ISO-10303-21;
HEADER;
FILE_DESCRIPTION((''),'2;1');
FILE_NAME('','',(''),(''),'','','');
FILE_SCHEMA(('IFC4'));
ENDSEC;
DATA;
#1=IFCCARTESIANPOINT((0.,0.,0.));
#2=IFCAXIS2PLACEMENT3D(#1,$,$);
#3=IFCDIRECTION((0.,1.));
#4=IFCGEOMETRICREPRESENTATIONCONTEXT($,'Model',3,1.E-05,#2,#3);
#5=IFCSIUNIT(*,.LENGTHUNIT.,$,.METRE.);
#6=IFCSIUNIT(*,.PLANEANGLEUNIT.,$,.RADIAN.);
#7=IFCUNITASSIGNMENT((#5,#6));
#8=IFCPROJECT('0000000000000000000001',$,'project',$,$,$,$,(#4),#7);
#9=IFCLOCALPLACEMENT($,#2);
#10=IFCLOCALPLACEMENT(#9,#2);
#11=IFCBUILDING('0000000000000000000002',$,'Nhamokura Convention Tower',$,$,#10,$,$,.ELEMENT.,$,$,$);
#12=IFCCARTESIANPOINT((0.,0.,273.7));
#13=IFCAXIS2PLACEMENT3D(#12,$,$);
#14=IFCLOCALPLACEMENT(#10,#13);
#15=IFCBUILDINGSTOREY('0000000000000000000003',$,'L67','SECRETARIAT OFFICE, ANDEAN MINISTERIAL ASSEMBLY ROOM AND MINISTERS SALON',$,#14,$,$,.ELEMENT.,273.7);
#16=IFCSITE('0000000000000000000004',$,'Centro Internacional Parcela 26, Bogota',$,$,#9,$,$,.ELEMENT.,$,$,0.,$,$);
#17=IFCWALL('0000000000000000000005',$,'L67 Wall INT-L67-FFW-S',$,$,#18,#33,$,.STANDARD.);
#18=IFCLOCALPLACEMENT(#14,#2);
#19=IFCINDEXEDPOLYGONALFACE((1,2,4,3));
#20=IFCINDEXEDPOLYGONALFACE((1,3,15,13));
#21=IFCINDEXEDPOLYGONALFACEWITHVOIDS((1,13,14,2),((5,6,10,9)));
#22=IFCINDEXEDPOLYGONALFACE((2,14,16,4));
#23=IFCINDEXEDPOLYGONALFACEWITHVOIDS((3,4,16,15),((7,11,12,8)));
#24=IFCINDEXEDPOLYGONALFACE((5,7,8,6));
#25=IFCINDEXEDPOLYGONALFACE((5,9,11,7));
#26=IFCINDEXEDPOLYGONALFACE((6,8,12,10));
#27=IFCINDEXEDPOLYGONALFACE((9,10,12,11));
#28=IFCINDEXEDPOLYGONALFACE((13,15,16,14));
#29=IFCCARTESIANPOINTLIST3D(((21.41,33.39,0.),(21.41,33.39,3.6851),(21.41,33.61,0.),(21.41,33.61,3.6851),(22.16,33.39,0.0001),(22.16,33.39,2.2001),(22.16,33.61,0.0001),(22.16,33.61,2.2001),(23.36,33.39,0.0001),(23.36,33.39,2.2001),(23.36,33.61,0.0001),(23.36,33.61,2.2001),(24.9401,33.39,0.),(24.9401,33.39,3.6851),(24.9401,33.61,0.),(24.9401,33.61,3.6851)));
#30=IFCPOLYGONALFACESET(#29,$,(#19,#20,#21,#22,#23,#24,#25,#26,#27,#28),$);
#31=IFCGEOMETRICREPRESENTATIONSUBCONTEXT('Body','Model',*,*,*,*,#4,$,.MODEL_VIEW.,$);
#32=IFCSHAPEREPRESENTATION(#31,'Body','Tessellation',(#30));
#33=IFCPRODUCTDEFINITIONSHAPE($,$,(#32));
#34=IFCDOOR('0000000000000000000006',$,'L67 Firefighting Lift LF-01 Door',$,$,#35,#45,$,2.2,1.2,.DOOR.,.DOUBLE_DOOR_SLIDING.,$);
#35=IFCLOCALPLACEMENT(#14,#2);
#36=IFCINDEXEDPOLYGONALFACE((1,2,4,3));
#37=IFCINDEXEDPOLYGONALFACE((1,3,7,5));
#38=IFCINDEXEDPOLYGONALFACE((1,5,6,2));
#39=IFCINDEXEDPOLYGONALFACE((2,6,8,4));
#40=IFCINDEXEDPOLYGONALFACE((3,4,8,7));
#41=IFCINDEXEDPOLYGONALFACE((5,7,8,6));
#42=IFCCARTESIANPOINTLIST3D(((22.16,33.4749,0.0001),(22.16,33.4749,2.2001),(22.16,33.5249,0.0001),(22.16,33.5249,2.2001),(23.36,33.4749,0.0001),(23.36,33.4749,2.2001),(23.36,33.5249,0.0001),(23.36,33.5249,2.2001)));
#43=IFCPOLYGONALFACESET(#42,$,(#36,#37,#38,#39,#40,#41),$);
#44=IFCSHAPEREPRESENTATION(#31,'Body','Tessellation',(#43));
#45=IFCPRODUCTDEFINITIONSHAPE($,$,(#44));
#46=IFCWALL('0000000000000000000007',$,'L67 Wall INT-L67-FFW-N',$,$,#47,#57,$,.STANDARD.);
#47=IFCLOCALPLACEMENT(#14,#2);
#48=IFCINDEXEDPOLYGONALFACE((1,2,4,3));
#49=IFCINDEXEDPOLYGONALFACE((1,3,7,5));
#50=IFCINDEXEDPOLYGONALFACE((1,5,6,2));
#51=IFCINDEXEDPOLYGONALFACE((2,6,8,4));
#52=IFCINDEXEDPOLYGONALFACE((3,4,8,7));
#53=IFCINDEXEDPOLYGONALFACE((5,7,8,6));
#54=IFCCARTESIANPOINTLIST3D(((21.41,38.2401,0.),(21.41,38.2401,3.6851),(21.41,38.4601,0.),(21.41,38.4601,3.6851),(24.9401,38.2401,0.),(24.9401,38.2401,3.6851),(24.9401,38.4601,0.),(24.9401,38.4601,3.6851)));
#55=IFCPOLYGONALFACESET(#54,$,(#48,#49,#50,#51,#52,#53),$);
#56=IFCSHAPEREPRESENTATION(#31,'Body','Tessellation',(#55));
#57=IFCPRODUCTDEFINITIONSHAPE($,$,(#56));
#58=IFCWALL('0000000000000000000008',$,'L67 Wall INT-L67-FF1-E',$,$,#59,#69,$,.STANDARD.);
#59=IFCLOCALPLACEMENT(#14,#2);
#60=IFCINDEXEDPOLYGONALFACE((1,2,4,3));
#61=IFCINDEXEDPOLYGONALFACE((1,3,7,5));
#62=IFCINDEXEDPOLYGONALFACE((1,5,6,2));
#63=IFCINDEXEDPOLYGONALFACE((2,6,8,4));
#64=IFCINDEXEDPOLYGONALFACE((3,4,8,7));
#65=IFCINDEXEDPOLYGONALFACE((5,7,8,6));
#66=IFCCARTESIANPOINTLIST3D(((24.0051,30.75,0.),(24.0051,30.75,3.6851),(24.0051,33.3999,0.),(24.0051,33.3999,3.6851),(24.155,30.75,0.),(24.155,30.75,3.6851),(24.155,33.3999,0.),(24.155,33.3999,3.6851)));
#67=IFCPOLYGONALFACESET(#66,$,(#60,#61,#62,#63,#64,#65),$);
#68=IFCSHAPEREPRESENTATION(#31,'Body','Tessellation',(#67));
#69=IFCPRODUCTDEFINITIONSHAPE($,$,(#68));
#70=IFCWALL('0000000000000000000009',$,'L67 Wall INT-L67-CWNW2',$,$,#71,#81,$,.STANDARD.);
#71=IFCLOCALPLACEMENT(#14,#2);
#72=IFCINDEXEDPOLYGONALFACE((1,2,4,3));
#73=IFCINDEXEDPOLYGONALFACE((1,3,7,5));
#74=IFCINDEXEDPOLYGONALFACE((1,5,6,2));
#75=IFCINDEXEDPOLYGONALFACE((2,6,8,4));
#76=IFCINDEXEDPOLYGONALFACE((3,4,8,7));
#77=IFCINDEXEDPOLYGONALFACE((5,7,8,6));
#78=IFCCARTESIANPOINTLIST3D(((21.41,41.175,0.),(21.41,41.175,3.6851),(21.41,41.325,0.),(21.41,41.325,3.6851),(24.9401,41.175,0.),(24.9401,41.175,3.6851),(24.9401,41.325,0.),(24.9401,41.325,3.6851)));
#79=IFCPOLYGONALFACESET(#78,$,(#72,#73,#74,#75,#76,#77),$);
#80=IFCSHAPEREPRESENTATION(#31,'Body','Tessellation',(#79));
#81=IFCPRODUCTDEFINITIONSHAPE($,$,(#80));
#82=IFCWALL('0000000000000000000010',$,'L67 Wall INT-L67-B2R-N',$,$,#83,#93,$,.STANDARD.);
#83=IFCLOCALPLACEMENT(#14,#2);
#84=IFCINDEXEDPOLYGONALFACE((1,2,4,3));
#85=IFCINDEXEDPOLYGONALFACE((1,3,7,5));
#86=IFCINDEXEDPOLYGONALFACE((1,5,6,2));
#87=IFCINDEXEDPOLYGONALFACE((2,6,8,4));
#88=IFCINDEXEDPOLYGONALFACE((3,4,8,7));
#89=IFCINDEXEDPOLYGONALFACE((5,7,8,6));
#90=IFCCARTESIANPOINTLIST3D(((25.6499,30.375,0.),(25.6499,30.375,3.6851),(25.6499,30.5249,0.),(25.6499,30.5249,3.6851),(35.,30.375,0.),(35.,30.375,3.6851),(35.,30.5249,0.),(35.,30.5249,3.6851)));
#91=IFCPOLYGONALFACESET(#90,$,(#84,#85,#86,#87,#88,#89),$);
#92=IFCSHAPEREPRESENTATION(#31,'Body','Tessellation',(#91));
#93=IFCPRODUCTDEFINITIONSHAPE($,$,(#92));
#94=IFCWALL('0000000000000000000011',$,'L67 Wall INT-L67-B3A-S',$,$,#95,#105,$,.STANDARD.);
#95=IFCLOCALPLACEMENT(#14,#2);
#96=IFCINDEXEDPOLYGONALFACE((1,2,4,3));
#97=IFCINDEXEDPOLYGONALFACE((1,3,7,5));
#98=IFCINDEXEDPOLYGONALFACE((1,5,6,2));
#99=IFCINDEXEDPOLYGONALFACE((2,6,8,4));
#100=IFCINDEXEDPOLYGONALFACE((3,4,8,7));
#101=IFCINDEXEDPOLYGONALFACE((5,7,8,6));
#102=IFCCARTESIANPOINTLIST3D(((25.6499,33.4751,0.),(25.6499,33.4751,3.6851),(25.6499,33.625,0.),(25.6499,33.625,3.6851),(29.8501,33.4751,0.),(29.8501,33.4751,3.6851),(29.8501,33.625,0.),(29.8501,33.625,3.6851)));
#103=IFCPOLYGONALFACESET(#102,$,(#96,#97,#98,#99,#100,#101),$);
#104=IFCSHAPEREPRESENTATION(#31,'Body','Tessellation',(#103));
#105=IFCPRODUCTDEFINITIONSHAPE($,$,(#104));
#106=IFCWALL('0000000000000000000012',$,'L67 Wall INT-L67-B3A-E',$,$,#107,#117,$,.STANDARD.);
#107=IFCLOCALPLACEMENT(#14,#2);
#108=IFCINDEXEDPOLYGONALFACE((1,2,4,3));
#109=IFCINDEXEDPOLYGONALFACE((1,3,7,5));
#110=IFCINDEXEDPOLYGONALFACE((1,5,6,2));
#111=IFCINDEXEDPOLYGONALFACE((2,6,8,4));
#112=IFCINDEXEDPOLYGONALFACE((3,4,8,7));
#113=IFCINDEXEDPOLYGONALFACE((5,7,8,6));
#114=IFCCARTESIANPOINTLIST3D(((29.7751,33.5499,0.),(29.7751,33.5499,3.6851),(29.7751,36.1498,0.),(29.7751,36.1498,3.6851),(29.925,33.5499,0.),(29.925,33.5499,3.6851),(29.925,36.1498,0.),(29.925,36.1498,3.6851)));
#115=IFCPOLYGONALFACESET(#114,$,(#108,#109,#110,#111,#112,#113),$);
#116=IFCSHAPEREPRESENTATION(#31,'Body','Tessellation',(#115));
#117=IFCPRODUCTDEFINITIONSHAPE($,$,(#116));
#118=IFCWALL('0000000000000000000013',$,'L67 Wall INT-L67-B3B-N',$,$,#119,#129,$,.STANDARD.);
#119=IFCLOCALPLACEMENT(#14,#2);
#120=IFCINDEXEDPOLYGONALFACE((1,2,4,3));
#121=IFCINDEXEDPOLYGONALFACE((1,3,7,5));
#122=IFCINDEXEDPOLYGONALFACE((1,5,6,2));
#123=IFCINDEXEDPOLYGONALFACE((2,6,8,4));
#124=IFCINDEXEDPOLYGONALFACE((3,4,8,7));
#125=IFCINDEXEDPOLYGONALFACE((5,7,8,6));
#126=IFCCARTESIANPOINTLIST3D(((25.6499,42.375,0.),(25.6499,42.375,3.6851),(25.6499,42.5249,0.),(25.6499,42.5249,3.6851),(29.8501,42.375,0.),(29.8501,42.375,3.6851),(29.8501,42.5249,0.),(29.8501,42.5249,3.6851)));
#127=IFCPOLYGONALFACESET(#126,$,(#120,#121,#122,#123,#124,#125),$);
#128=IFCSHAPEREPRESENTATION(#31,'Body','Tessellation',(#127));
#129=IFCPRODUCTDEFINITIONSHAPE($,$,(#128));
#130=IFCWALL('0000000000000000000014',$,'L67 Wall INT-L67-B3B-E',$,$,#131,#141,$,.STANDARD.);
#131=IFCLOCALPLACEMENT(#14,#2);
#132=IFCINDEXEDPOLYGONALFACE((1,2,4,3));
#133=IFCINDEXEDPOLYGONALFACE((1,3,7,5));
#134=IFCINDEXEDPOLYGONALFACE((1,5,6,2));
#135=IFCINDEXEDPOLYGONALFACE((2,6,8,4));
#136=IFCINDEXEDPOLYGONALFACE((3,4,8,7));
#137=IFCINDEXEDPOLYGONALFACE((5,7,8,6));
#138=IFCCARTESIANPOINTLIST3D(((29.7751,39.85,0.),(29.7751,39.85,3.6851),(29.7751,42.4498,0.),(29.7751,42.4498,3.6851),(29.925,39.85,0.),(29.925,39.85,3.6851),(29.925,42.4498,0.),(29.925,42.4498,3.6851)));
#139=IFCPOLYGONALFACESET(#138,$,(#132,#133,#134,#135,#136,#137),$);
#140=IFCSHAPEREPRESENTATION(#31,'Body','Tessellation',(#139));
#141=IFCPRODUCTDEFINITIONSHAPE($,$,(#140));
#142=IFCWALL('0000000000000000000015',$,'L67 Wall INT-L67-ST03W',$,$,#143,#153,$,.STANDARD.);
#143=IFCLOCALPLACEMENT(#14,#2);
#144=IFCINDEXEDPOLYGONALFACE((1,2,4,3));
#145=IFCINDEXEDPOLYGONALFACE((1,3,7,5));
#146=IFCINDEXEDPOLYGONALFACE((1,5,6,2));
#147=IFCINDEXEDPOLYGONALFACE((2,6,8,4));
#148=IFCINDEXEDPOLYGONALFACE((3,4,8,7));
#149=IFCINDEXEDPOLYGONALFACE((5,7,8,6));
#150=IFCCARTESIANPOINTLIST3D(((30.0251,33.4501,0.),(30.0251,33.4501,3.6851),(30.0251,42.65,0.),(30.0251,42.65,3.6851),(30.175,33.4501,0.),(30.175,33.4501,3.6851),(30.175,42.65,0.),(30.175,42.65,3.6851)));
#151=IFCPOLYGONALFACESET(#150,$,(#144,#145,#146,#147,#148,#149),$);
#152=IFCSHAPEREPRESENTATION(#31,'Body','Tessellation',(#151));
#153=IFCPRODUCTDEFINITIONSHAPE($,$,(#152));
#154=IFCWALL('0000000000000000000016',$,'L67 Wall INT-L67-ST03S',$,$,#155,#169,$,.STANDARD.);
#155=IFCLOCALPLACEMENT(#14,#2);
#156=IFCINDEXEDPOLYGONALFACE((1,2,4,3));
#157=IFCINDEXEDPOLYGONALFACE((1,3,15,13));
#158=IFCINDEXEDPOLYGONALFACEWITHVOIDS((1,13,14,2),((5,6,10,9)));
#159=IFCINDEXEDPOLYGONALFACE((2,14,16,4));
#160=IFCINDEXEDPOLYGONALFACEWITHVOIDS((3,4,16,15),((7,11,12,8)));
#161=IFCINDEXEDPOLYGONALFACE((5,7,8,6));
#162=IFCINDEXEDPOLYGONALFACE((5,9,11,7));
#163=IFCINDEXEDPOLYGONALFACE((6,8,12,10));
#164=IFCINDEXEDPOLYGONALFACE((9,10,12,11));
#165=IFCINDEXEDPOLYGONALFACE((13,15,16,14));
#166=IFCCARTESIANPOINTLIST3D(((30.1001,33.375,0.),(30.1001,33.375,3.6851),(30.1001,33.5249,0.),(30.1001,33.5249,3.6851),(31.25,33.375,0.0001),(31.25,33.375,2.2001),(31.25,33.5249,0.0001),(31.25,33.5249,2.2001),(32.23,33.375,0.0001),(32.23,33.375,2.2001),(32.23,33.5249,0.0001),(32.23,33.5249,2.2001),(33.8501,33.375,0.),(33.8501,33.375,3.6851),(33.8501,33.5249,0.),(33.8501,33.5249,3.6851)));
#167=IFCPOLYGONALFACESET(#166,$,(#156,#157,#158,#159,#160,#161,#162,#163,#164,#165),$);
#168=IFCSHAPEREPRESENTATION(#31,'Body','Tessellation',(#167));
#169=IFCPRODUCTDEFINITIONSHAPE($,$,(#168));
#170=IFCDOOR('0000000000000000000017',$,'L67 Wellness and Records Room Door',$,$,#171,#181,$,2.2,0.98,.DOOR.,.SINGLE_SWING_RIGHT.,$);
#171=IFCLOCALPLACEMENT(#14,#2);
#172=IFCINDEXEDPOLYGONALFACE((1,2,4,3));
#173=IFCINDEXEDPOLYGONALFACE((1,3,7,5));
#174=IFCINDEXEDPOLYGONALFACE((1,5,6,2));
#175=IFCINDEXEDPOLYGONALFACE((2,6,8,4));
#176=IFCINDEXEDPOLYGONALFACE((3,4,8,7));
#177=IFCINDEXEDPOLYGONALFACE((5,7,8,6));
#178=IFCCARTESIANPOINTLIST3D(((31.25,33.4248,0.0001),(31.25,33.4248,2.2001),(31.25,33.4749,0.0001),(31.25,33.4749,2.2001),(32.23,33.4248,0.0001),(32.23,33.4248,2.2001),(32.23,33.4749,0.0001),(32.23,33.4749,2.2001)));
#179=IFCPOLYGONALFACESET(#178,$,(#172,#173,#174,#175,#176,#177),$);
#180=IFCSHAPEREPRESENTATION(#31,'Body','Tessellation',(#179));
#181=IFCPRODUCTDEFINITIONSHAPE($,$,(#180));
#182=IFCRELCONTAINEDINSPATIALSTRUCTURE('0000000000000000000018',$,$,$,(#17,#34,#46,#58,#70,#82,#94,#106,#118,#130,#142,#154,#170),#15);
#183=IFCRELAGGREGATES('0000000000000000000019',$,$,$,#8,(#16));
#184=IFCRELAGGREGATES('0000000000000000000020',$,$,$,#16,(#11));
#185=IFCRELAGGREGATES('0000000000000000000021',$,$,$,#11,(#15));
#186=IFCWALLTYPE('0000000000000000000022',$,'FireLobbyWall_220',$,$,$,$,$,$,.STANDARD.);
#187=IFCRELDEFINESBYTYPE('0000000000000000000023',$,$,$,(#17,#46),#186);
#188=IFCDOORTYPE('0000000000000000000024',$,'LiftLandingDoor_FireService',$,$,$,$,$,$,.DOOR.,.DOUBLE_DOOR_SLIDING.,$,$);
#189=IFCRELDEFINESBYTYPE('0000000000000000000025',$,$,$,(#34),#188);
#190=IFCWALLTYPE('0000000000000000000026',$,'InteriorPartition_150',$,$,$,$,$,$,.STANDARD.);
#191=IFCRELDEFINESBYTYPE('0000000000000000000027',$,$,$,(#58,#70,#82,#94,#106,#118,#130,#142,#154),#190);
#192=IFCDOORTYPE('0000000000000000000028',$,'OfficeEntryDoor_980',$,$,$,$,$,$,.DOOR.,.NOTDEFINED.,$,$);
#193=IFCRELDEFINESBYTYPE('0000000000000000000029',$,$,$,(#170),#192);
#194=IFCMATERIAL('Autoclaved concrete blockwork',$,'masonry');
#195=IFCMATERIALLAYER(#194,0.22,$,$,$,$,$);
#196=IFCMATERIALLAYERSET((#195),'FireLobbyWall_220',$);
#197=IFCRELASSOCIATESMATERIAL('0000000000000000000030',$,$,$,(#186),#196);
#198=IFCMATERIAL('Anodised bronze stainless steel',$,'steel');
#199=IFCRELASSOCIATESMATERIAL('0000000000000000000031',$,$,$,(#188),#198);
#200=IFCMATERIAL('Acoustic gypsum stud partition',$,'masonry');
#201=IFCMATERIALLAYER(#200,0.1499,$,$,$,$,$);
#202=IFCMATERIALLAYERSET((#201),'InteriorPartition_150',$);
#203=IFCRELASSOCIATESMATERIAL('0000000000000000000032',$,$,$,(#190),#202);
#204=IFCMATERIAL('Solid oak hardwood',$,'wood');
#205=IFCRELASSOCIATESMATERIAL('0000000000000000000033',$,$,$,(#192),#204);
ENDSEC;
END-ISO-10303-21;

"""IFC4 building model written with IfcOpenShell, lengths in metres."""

from ifc_helpers import new_model, si_unit, direction, frame, frame_2d, origin, place, context, subcontext, project, spatial, rectangle, extrude, material, layer, layer_set, type_object, element, fill, save


model = new_model("IFC4")

# Units and contexts
model_context = context("Model", 3, precision=1e-05, world=origin(), true_north=direction((0.0, 1.0)))
body_context = subcontext(model_context, "Body", "Model", "MODEL_VIEW")
ifc_project = project(units=[si_unit("LENGTHUNIT", "METRE"), si_unit("PLANEANGLEUNIT", "RADIAN")], contexts=[model_context])

# Site, building, storey
site_placement = place(None, origin())
site = spatial("IfcSite", under=ifc_project, at=site_placement, Name="Centro Internacional Parcela 26, Bogota", CompositionType="ELEMENT", RefElevation=0.0)
building_placement = place(site_placement, origin())
building = spatial("IfcBuilding", under=site, at=building_placement, Name="Nhamokura Convention Tower", CompositionType="ELEMENT")
storey_placement = place(building_placement, frame((0.0, 0.0, 273.7)))
storey = spatial("IfcBuildingStorey", under=building, at=storey_placement, Name="L67", Description="SECRETARIAT OFFICE, ANDEAN MINISTERIAL ASSEMBLY ROOM AND MINISTERS SALON", CompositionType="ELEMENT", Elevation=273.7)

# Wall, opening, door
ifc_material_1 = material(Name="Autoclaved concrete blockwork", Category="masonry")
ifc_layer_1 = layer(ifc_material_1, 0.22)
ifc_layer_set_1 = layer_set([ifc_layer_1], Name="FireLobbyWall_220")
wall_type_1 = type_object("IfcWallType", Name="FireLobbyWall_220", PredefinedType="STANDARD", material=ifc_layer_set_1)
wall_1_placement = place(storey_placement, frame((21.4099, 33.5, 0.0), z_axis=(0.0, 0.0, 1.0), x_axis=(1.0, 0.0, 0.0)))
wall_1 = element("IfcWall", 1, at=wall_1_placement, inside=storey, type_object=wall_type_1, Name="L67 Wall INT-L67-FFW-S", PredefinedType="STANDARD", context=body_context, shape_type="SweptSolid", body=[
    extrude(rectangle(XDim=3.53, YDim=0.22, at=frame_2d((1.7651, 0.0))), origin(), (0.0, 0.0, 1.0), 3.6851),
])
opening_1_placement = place(wall_1_placement, frame((0.75, 0.0, 0.0)))
opening_1 = element("IfcOpeningElement", 2, at=opening_1_placement, cuts=wall_1, PredefinedType="OPENING", context=body_context, shape_type="SweptSolid", body=[
    extrude(rectangle(XDim=1.2, YDim=2.2, at=frame_2d((0.6001, 1.1001))), frame((0.0, 0.1199, 0.0), z_axis=(0.0, -1.0, 0.0), x_axis=(1.0, 0.0, 0.0)), (0.0, 0.0, 1.0), 0.24),
])
ifc_material_2 = material(Name="Anodised bronze stainless steel", Category="steel")
door_type_1 = type_object("IfcDoorType", Name="LiftLandingDoor_FireService", OperationType="DOUBLE_DOOR_SLIDING", PredefinedType="DOOR", material=ifc_material_2)
door_1_placement = place(opening_1_placement, origin())
door_1 = element("IfcDoor", 3, at=door_1_placement, inside=storey, type_object=door_type_1, Name="L67 Firefighting Lift LF-01 Door", OperationType="DOUBLE_DOOR_SLIDING", OverallHeight=2.2, OverallWidth=1.2, PredefinedType="DOOR", context=body_context, shape_type="SweptSolid", body=[
    extrude(rectangle(XDim=1.2, YDim=2.2, at=frame_2d((0.6001, 1.1001))), frame((0.0, 0.0249, 0.0), z_axis=(0.0, -1.0, 0.0), x_axis=(1.0, 0.0, 0.0)), (0.0, 0.0, 1.0), 0.05),
])
fill(opening_1, door_1)

# Wall
wall_2_placement = place(storey_placement, frame((21.4099, 38.3501, 0.0), z_axis=(0.0, 0.0, 1.0), x_axis=(1.0, 0.0, 0.0)))
element("IfcWall", 4, at=wall_2_placement, inside=storey, type_object=wall_type_1, Name="L67 Wall INT-L67-FFW-N", PredefinedType="STANDARD", context=body_context, shape_type="SweptSolid", body=[
    extrude(rectangle(XDim=3.53, YDim=0.22, at=frame_2d((1.7651, 0.0))), origin(), (0.0, 0.0, 1.0), 3.6851),
])

# Walls
ifc_material_3 = material(Name="Acoustic gypsum stud partition", Category="masonry")
ifc_layer_2 = layer(ifc_material_3, 0.1499)
ifc_layer_set_2 = layer_set([ifc_layer_2], Name="InteriorPartition_150")
wall_type_2 = type_object("IfcWallType", Name="InteriorPartition_150", PredefinedType="STANDARD", material=ifc_layer_set_2)
wall_3_placement = place(storey_placement, frame((24.0801, 30.75, 0.0), z_axis=(0.0, 0.0, 1.0), x_axis=(0.0, 1.0, 0.0)))
element("IfcWall", 5, at=wall_3_placement, inside=storey, type_object=wall_type_2, Name="L67 Wall INT-L67-FF1-E", PredefinedType="STANDARD", context=body_context, shape_type="SweptSolid", body=[
    extrude(rectangle(XDim=2.6499, YDim=0.1499, at=frame_2d((1.325, 0.0))), origin(), (0.0, 0.0, 1.0), 3.6851),
])
wall_4_placement = place(storey_placement, frame((21.4099, 41.25, 0.0), z_axis=(0.0, 0.0, 1.0), x_axis=(1.0, 0.0, 0.0)))
element("IfcWall", 6, at=wall_4_placement, inside=storey, type_object=wall_type_2, Name="L67 Wall INT-L67-CWNW2", PredefinedType="STANDARD", context=body_context, shape_type="SweptSolid", body=[
    extrude(rectangle(XDim=3.53, YDim=0.1499, at=frame_2d((1.7651, 0.0))), origin(), (0.0, 0.0, 1.0), 3.6851),
])
wall_5_placement = place(storey_placement, frame((25.6499, 30.45, 0.0), z_axis=(0.0, 0.0, 1.0), x_axis=(1.0, 0.0, 0.0)))
element("IfcWall", 7, at=wall_5_placement, inside=storey, type_object=wall_type_2, Name="L67 Wall INT-L67-B2R-N", PredefinedType="STANDARD", context=body_context, shape_type="SweptSolid", body=[
    extrude(rectangle(XDim=9.3501, YDim=0.1499, at=frame_2d((4.675, 0.0))), origin(), (0.0, 0.0, 1.0), 3.6851),
])
wall_6_placement = place(storey_placement, frame((25.6499, 33.55, 0.0), z_axis=(0.0, 0.0, 1.0), x_axis=(1.0, 0.0, 0.0)))
element("IfcWall", 8, at=wall_6_placement, inside=storey, type_object=wall_type_2, Name="L67 Wall INT-L67-B3A-S", PredefinedType="STANDARD", context=body_context, shape_type="SweptSolid", body=[
    extrude(rectangle(XDim=4.2002, YDim=0.1499, at=frame_2d((2.1001, 0.0))), origin(), (0.0, 0.0, 1.0), 3.6851),
])
wall_7_placement = place(storey_placement, frame((29.8501, 33.55, 0.0), z_axis=(0.0, 0.0, 1.0), x_axis=(0.0, 1.0, 0.0)))
element("IfcWall", 9, at=wall_7_placement, inside=storey, type_object=wall_type_2, Name="L67 Wall INT-L67-B3A-E", PredefinedType="STANDARD", context=body_context, shape_type="SweptSolid", body=[
    extrude(rectangle(XDim=2.5999, YDim=0.1499, at=frame_2d((1.2998, 0.0))), origin(), (0.0, 0.0, 1.0), 3.6851),
])
wall_8_placement = place(storey_placement, frame((25.6499, 42.45, 0.0), z_axis=(0.0, 0.0, 1.0), x_axis=(1.0, 0.0, 0.0)))
element("IfcWall", 10, at=wall_8_placement, inside=storey, type_object=wall_type_2, Name="L67 Wall INT-L67-B3B-N", PredefinedType="STANDARD", context=body_context, shape_type="SweptSolid", body=[
    extrude(rectangle(XDim=4.2002, YDim=0.1499, at=frame_2d((2.1001, 0.0))), origin(), (0.0, 0.0, 1.0), 3.6851),
])
wall_9_placement = place(storey_placement, frame((29.8501, 39.8501, 0.0), z_axis=(0.0, 0.0, 1.0), x_axis=(0.0, 1.0, 0.0)))
element("IfcWall", 11, at=wall_9_placement, inside=storey, type_object=wall_type_2, Name="L67 Wall INT-L67-B3B-E", PredefinedType="STANDARD", context=body_context, shape_type="SweptSolid", body=[
    extrude(rectangle(XDim=2.5999, YDim=0.1499, at=frame_2d((1.2998, 0.0))), origin(), (0.0, 0.0, 1.0), 3.6851),
])
wall_10_placement = place(storey_placement, frame((30.1001, 33.45, 0.0), z_axis=(0.0, 0.0, 1.0), x_axis=(0.0, 1.0, 0.0)))
element("IfcWall", 12, at=wall_10_placement, inside=storey, type_object=wall_type_2, Name="L67 Wall INT-L67-ST03W", PredefinedType="STANDARD", context=body_context, shape_type="SweptSolid", body=[
    extrude(rectangle(XDim=9.2, YDim=0.1499, at=frame_2d((4.6001, 0.0))), origin(), (0.0, 0.0, 1.0), 3.6851),
])

# Wall, opening, door
wall_11_placement = place(storey_placement, frame((30.1001, 33.45, 0.0), z_axis=(0.0, 0.0, 1.0), x_axis=(1.0, 0.0, 0.0)))
wall_11 = element("IfcWall", 13, at=wall_11_placement, inside=storey, type_object=wall_type_2, Name="L67 Wall INT-L67-ST03S", PredefinedType="STANDARD", context=body_context, shape_type="SweptSolid", body=[
    extrude(rectangle(XDim=3.75, YDim=0.1499, at=frame_2d((1.875, 0.0))), origin(), (0.0, 0.0, 1.0), 3.6851),
])
opening_2_placement = place(wall_11_placement, frame((1.1499, 0.0, 0.0)))
opening_2 = element("IfcOpeningElement", 14, at=opening_2_placement, cuts=wall_11, PredefinedType="OPENING", context=body_context, shape_type="SweptSolid", body=[
    extrude(rectangle(XDim=0.98, YDim=2.2, at=frame_2d((0.49, 1.1001))), frame((0.0, 0.085, 0.0), z_axis=(0.0, -1.0, 0.0), x_axis=(1.0, 0.0, 0.0)), (0.0, 0.0, 1.0), 0.1699),
])
ifc_material_4 = material(Name="Solid oak hardwood", Category="wood")
door_type_2 = type_object("IfcDoorType", Name="OfficeEntryDoor_980", OperationType="NOTDEFINED", PredefinedType="DOOR", material=ifc_material_4)
door_2_placement = place(opening_2_placement, origin())
door_2 = element("IfcDoor", 15, at=door_2_placement, inside=storey, type_object=door_type_2, Name="L67 Wellness and Records Room Door", OperationType="SINGLE_SWING_RIGHT", OverallHeight=2.2, OverallWidth=0.98, PredefinedType="DOOR", context=body_context, shape_type="SweptSolid", body=[
    extrude(rectangle(XDim=0.98, YDim=2.2, at=frame_2d((0.49, 1.1001))), frame((0.0, 0.0249, 0.0), z_axis=(0.0, -1.0, 0.0), x_axis=(1.0, 0.0, 0.0)), (0.0, 0.0, 1.0), 0.05),
])
fill(opening_2, door_2)

save(model, "model.ifc")
